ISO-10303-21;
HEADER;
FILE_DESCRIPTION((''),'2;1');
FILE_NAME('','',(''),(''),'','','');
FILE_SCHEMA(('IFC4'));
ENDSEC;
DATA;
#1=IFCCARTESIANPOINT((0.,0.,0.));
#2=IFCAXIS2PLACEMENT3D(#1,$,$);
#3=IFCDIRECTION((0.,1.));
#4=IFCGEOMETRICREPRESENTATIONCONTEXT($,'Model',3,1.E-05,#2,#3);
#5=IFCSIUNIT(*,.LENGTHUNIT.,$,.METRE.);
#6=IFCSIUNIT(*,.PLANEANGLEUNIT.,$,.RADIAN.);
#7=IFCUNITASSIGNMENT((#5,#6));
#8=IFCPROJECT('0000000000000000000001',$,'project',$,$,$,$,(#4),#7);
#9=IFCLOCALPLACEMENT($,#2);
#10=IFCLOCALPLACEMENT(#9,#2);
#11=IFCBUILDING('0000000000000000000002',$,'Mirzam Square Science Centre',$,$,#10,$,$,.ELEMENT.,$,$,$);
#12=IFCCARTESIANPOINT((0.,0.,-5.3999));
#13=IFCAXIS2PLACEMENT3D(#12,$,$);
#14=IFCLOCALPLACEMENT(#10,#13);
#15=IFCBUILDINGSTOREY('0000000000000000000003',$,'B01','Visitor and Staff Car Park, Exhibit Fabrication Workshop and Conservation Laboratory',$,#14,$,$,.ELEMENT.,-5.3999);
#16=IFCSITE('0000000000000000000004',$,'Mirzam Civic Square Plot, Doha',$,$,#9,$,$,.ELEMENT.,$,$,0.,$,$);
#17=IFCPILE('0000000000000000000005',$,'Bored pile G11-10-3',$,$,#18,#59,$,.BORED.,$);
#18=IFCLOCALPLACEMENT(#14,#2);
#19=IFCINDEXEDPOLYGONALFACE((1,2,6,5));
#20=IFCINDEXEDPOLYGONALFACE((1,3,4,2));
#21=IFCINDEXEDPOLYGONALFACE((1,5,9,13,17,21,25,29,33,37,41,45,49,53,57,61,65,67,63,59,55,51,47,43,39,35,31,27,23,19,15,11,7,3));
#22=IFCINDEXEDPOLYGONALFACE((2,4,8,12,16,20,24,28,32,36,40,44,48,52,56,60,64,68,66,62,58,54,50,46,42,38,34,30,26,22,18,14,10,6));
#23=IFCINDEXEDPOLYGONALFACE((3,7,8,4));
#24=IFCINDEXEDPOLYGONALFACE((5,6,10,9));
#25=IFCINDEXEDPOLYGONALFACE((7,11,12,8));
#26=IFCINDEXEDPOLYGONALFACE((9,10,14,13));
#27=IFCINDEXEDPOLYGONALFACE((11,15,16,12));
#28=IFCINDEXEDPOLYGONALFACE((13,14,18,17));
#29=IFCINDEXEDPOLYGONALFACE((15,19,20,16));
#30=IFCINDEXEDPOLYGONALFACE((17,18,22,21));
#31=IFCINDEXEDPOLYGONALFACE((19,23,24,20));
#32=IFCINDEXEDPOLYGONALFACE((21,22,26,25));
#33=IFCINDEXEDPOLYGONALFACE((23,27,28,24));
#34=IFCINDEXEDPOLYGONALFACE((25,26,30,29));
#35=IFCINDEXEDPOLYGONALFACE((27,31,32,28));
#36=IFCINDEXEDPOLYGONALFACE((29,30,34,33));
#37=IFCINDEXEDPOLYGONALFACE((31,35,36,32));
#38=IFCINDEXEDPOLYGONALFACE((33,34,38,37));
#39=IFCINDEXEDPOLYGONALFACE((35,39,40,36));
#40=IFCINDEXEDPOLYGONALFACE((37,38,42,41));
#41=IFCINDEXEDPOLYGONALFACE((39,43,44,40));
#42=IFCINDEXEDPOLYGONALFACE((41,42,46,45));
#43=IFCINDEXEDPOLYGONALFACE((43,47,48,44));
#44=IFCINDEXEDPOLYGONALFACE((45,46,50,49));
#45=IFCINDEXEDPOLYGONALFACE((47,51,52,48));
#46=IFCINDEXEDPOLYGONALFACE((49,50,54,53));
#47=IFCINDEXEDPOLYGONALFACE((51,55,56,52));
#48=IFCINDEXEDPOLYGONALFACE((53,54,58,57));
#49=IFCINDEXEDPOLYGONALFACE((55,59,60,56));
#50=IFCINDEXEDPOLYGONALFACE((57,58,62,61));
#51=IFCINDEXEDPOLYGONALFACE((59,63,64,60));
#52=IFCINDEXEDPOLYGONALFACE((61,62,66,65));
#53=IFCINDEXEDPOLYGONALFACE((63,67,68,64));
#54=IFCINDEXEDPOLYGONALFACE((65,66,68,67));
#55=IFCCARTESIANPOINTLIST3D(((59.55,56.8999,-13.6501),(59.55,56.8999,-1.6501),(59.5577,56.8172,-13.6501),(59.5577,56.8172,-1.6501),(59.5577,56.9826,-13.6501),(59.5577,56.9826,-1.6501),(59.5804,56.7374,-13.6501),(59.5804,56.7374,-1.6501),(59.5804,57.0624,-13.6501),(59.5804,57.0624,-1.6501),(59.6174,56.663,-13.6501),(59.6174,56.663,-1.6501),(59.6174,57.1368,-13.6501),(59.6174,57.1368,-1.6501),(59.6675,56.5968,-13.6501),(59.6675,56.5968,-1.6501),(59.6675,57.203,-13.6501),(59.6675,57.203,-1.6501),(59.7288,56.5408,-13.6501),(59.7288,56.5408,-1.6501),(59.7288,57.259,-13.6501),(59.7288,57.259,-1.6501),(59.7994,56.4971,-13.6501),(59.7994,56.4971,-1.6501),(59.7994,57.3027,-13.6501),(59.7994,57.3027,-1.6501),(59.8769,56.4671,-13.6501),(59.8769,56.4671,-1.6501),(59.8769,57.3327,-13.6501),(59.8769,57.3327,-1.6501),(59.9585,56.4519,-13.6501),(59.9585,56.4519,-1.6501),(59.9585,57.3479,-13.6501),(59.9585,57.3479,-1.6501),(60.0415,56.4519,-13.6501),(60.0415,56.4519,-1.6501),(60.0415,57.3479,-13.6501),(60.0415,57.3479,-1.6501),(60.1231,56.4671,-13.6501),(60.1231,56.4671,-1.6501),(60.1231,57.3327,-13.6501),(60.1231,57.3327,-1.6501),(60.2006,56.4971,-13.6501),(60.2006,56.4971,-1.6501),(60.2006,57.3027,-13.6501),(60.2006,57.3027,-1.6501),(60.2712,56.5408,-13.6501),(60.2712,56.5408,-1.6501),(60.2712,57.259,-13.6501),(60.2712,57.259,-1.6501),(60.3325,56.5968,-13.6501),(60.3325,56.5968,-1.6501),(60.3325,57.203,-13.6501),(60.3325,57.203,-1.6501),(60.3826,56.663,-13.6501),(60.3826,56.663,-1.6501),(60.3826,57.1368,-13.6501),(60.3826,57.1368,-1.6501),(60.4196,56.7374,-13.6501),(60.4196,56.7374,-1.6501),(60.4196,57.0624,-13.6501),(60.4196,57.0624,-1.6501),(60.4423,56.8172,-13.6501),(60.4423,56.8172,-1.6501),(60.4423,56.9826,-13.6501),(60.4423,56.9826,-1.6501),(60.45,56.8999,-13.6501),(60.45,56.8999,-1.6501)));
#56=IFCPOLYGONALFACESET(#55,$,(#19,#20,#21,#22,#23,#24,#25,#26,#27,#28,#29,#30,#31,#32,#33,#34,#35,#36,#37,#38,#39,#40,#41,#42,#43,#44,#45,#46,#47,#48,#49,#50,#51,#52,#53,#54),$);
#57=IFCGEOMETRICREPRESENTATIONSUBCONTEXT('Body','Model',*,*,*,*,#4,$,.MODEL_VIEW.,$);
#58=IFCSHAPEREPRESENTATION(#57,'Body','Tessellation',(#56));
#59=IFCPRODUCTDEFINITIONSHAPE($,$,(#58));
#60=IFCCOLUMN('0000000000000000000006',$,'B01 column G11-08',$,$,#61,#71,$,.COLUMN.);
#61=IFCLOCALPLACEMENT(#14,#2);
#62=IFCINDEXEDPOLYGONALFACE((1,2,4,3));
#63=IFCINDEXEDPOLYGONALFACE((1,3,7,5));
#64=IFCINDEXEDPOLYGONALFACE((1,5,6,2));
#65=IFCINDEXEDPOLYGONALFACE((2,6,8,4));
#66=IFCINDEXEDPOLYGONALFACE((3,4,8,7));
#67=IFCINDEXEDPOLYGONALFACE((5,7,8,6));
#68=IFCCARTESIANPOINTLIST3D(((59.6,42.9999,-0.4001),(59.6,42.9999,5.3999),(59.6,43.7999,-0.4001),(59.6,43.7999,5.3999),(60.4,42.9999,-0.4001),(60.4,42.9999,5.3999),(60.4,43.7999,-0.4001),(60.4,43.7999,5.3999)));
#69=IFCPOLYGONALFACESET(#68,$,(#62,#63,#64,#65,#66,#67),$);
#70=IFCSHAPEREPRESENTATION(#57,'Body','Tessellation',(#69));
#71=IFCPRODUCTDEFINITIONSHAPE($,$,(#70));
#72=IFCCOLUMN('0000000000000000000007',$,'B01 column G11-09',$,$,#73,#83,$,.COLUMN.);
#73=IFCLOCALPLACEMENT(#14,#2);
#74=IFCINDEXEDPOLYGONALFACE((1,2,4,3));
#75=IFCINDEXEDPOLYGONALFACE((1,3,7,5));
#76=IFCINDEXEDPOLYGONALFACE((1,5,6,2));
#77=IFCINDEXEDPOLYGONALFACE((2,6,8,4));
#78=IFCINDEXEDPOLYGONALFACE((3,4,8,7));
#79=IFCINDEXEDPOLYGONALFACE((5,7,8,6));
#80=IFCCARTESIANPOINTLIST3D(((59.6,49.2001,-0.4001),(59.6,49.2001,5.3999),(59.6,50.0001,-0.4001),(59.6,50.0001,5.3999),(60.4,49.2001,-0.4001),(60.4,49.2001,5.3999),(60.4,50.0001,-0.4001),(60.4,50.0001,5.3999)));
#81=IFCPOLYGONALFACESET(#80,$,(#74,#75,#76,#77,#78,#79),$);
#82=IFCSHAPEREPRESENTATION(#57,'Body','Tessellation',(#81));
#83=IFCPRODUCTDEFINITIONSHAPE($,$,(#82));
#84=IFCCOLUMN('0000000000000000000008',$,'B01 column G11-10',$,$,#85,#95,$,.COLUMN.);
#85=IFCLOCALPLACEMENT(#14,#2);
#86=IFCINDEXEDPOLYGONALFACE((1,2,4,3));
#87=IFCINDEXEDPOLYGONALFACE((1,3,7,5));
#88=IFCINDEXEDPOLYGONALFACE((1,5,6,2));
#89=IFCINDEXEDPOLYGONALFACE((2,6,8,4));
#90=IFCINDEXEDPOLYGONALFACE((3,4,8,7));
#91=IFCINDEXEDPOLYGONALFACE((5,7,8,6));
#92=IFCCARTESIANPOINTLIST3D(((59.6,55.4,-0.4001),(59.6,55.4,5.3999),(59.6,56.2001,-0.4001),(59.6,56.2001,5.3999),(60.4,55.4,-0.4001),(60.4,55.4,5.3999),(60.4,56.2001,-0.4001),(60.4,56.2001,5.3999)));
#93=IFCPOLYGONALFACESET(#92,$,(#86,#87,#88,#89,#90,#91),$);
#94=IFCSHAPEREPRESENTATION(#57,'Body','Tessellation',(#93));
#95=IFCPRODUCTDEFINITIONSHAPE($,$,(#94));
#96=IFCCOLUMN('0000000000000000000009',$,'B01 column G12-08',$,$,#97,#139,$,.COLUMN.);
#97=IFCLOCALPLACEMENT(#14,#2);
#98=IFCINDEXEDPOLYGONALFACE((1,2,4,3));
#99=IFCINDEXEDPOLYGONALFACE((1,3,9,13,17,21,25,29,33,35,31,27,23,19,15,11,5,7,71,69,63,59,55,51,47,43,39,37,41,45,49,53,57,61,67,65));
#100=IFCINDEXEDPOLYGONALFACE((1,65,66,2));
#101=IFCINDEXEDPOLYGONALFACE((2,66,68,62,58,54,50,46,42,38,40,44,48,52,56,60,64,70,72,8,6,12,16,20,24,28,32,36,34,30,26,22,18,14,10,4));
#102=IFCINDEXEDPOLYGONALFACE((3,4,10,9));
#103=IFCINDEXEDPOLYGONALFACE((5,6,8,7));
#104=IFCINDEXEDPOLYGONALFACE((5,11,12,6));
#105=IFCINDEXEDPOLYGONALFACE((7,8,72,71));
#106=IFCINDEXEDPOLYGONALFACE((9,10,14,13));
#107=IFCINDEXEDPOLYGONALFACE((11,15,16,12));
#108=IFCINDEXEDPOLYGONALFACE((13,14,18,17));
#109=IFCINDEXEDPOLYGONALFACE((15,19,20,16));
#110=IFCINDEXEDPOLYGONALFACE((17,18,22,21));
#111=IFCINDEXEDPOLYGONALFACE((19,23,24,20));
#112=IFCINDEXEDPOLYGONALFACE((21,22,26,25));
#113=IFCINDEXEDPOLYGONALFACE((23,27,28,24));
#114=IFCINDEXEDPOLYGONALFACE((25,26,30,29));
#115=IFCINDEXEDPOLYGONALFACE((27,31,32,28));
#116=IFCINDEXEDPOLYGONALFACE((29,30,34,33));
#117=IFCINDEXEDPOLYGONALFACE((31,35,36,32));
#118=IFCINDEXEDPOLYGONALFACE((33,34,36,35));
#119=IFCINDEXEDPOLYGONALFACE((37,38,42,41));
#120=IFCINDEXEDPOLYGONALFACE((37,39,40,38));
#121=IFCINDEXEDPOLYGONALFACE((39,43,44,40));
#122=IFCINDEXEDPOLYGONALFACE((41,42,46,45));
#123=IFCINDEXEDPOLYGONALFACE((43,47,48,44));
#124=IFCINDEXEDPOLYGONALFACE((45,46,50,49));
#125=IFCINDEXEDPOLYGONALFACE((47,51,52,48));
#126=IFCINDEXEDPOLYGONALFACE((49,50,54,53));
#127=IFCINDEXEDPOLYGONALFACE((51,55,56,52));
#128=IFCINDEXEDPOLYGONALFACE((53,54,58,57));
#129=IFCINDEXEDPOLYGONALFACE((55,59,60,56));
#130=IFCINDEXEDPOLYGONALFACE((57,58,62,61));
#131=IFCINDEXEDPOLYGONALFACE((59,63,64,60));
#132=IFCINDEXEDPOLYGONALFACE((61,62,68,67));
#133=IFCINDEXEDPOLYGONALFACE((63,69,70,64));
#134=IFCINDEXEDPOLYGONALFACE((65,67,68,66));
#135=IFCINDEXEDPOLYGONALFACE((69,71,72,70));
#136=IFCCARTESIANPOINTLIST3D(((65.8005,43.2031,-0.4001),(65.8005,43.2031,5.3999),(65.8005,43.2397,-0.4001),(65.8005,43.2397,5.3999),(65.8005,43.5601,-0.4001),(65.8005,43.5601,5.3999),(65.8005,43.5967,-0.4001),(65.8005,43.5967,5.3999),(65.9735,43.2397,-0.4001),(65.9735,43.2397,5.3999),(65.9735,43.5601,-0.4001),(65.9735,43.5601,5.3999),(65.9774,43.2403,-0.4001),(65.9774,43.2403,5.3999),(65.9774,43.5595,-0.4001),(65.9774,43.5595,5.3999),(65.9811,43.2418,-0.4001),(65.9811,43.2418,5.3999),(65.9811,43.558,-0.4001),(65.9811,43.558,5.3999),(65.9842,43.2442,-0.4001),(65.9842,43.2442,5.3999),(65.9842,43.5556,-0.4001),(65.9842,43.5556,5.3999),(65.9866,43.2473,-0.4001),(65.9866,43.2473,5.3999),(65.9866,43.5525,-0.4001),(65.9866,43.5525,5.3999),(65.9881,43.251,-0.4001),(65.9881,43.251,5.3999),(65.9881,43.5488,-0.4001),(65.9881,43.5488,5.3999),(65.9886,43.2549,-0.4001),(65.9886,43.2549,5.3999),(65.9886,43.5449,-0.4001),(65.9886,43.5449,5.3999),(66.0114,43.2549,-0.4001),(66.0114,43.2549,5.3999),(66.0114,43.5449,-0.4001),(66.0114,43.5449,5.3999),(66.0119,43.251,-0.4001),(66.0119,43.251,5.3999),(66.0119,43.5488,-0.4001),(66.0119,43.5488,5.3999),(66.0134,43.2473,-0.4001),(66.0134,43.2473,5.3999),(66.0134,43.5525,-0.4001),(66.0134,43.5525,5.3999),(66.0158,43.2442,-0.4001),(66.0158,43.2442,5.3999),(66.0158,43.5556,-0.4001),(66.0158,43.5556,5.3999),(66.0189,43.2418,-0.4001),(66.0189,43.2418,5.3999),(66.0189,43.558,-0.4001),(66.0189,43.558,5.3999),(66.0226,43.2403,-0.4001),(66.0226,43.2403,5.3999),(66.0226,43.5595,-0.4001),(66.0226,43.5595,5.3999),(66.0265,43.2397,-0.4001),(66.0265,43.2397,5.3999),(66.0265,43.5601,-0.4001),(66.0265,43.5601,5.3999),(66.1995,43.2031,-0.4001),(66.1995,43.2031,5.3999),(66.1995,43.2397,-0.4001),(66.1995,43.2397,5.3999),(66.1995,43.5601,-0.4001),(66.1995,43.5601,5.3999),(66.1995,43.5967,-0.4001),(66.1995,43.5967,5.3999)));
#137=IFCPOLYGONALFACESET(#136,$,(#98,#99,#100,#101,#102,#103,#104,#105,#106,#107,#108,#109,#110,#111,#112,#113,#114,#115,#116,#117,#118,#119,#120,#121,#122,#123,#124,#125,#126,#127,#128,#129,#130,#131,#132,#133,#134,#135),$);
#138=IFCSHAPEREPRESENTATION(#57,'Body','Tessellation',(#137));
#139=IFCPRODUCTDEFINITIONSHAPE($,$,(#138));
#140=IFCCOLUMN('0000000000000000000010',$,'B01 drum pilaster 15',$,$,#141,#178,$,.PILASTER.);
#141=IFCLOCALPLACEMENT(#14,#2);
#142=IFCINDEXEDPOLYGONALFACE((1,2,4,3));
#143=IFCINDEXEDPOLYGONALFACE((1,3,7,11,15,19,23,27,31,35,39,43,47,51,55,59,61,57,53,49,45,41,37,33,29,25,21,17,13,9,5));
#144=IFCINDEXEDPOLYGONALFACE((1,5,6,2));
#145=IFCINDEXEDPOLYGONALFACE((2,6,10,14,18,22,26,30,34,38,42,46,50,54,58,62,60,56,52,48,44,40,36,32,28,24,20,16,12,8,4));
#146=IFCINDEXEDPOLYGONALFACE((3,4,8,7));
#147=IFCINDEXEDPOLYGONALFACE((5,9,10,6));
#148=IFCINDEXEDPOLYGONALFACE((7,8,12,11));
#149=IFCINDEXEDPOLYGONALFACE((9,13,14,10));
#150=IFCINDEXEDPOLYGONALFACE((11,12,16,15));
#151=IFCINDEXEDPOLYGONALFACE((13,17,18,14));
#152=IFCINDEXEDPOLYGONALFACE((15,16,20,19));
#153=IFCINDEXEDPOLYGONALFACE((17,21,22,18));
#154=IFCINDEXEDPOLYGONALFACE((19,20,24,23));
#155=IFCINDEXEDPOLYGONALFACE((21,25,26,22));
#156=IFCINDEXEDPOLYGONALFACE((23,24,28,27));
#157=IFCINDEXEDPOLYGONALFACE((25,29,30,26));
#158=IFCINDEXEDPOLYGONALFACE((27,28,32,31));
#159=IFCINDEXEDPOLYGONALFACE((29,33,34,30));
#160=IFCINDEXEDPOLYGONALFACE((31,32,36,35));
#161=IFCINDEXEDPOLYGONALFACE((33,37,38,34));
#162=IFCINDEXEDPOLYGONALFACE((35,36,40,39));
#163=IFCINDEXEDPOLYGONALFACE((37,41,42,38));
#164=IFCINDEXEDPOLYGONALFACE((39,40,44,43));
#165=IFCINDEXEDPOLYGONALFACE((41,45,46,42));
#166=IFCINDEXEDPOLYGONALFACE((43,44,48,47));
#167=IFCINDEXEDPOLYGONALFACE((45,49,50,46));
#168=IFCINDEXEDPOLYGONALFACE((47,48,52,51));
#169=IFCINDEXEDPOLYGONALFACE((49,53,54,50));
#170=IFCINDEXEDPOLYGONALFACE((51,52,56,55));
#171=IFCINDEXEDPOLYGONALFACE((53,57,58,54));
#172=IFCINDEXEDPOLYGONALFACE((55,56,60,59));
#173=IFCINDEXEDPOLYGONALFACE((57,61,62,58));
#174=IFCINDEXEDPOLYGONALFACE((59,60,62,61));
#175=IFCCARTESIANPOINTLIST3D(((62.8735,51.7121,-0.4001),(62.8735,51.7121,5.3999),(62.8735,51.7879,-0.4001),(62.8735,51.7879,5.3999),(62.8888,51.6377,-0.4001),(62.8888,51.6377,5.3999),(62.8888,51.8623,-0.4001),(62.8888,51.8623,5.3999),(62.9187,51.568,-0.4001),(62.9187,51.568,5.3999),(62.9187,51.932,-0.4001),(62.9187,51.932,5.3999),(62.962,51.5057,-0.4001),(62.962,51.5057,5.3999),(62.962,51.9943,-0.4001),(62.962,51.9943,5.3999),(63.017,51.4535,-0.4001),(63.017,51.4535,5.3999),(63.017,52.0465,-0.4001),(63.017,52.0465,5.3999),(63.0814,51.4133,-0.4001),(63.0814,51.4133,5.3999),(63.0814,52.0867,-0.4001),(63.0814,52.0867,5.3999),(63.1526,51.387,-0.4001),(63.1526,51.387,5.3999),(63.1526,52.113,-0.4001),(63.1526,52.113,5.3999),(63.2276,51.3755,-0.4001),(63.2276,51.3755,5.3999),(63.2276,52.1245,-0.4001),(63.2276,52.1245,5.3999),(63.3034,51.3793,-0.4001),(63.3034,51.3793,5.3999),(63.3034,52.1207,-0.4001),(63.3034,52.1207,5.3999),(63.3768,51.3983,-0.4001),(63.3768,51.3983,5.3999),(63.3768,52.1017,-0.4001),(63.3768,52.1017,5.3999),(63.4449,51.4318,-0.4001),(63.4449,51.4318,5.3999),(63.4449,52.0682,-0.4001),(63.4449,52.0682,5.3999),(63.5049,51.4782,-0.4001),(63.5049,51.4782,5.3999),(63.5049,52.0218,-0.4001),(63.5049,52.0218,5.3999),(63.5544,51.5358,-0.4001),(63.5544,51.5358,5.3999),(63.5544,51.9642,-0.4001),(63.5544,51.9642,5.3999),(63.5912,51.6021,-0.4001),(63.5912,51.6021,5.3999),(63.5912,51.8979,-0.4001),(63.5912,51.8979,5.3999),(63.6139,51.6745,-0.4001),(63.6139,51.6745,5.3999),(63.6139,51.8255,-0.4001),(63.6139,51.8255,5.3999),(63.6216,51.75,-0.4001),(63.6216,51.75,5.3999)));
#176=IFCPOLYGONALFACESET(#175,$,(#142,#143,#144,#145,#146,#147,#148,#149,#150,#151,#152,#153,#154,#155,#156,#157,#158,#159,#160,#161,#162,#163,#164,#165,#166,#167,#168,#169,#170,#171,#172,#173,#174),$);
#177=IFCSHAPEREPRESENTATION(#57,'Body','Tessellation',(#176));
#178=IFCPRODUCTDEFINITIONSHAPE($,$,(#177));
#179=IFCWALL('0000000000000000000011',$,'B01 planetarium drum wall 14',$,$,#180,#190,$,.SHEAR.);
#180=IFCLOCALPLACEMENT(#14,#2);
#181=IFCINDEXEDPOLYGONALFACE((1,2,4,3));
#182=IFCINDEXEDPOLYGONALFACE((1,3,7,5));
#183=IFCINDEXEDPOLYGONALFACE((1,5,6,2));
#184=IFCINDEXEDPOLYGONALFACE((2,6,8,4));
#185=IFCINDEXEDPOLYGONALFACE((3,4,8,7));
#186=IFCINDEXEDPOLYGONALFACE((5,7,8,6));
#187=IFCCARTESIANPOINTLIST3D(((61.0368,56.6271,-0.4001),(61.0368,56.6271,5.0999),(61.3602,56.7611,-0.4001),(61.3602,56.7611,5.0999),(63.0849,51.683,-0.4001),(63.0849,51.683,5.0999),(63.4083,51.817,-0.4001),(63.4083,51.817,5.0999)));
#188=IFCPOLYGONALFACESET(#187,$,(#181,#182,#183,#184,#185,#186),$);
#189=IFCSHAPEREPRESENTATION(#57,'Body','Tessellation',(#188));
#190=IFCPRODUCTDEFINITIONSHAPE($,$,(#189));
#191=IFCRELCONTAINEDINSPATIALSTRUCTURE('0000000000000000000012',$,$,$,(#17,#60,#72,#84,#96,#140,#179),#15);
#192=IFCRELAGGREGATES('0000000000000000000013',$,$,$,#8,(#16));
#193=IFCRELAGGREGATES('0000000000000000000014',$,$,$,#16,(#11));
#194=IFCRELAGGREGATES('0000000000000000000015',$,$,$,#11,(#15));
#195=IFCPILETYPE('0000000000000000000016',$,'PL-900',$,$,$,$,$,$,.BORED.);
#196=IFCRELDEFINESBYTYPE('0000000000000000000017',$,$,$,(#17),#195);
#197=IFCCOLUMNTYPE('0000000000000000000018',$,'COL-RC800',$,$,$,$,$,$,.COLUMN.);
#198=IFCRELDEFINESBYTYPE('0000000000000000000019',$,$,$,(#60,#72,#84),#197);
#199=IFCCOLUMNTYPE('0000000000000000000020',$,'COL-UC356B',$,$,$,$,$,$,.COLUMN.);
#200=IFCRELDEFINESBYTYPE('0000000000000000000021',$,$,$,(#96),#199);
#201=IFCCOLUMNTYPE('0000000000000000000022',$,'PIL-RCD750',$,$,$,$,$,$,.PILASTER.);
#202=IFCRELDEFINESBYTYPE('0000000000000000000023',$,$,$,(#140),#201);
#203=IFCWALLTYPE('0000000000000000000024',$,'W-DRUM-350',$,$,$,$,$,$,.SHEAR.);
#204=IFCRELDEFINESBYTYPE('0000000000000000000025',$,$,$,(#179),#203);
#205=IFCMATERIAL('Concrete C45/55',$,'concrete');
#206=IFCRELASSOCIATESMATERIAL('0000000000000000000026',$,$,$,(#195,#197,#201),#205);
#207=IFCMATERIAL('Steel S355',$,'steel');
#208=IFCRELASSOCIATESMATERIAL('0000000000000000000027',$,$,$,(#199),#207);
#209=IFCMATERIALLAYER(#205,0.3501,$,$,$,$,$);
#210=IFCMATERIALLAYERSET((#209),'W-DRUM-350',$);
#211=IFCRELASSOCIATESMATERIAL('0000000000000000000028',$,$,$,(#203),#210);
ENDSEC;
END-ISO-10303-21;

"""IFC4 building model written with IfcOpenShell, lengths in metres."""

from ifc_helpers import new_model, si_unit, direction, frame, frame_2d, origin, origin_2d, place, context, subcontext, project, spatial, rectangle, circle, i_section, extrude, material, layer, layer_set, material_profile, profile_set, type_object, element, save


model = new_model("IFC4")

# Units and contexts
model_context = context("Model", 3, precision=1e-05, world=origin(), true_north=direction((0.0, 1.0)))
body_context = subcontext(model_context, "Body", "Model", "MODEL_VIEW")
ifc_project = project(units=[si_unit("LENGTHUNIT", "METRE"), si_unit("PLANEANGLEUNIT", "RADIAN")], contexts=[model_context])

# Site, building, storey
site_placement = place(None, origin())
site = spatial("IfcSite", under=ifc_project, at=site_placement, Name="Mirzam Civic Square Plot, Doha", CompositionType="ELEMENT", RefElevation=0.0)
building_placement = place(site_placement, origin())
building = spatial("IfcBuilding", under=site, at=building_placement, Name="Mirzam Square Science Centre", CompositionType="ELEMENT")
storey_placement = place(building_placement, frame((0.0, 0.0, -5.3999)))
storey = spatial("IfcBuildingStorey", under=building, at=storey_placement, Name="B01", Description="Visitor and Staff Car Park, Exhibit Fabrication Workshop and Conservation Laboratory", CompositionType="ELEMENT", Elevation=-5.3999)

# Shared definitions
ifc_material_1 = material(Name="Concrete C45/55", Category="concrete")

# Pile
ifc_material_profile_1 = material_profile(ifc_material_1, circle(Radius=0.45, at=origin_2d()), Name="PILE-D900")
ifc_profile_set_1 = profile_set([ifc_material_profile_1], Name="Concrete C45/55")
pile_type_1 = type_object("IfcPileType", Name="PL-900", PredefinedType="BORED", material=ifc_profile_set_1)
for number, where, z_axis, x_axis, name in (
    (1, (60.0, 56.8999, -1.6501), (0.0, 0.0, -1.0), (1.0, 0.0, 0.0), "Bored pile G11-10-3"),
):
    element("IfcPile", number, at=place(storey_placement, frame(where, z_axis=z_axis, x_axis=x_axis)), inside=storey, type_object=pile_type_1, Name=name, PredefinedType="BORED", context=body_context, shape_type="SweptSolid", body=[
        extrude(circle(Radius=0.45, at=origin_2d()), origin(), (0.0, 0.0, 1.0), 12.0),
    ])

# Columns
ifc_material_profile_2 = material_profile(ifc_material_1, rectangle(XDim=0.8, YDim=0.8, at=origin_2d()), Name="RC800x800")
ifc_profile_set_2 = profile_set([ifc_material_profile_2], Name="Concrete C45/55")
column_type_1 = type_object("IfcColumnType", Name="COL-RC800", PredefinedType="COLUMN", material=ifc_profile_set_2)
for number, where, z_axis, x_axis, name in (
    (2, (60.0, 43.3999, -0.4001), (0.0, 0.0, 1.0), (1.0, 0.0, 0.0), "B01 column G11-08"),
    (3, (60.0, 49.6001, -0.4001), (0.0, 0.0, 1.0), (1.0, 0.0, 0.0), "B01 column G11-09"),
    (4, (60.0, 55.8, -0.4001), (0.0, 0.0, 1.0), (1.0, 0.0, 0.0), "B01 column G11-10"),
):
    element("IfcColumn", number, at=place(storey_placement, frame(where, z_axis=z_axis, x_axis=x_axis)), inside=storey, type_object=column_type_1, Name=name, PredefinedType="COLUMN", context=body_context, shape_type="SweptSolid", body=[
        extrude(rectangle(XDim=0.8, YDim=0.8, at=origin_2d()), origin(), (0.0, 0.0, 1.0), 5.8),
    ])
ifc_material_2 = material(Name="Steel S355", Category="steel")
ifc_material_profile_3 = material_profile(ifc_material_2, i_section(OverallWidth=0.3989, OverallDepth=0.3936, WebThickness=0.0227, FlangeThickness=0.0366, FilletRadius=0.0151, at=origin_2d()), Name="356x406x287UC")
ifc_profile_set_3 = profile_set([ifc_material_profile_3], Name="Steel S355")
column_type_2 = type_object("IfcColumnType", Name="COL-UC356B", PredefinedType="COLUMN", material=ifc_profile_set_3)
column_1_placement = place(storey_placement, frame((66.0, 43.3999, -0.4001), z_axis=(0.0, 0.0, 1.0), x_axis=(1.0, 0.0, 0.0)))
element("IfcColumn", 5, at=column_1_placement, inside=storey, type_object=column_type_2, Name="B01 column G12-08", PredefinedType="COLUMN", context=body_context, shape_type="SweptSolid", body=[
    extrude(i_section(OverallWidth=0.3989, OverallDepth=0.3936, WebThickness=0.0227, FlangeThickness=0.0366, FilletRadius=0.0151, at=origin_2d()), origin(), (0.0, 0.0, 1.0), 5.8),
])
ifc_material_profile_4 = material_profile(ifc_material_1, circle(Radius=0.375, at=origin_2d()), Name="RCD750")
ifc_profile_set_4 = profile_set([ifc_material_profile_4], Name="Concrete C45/55")
column_type_3 = type_object("IfcColumnType", Name="PIL-RCD750", PredefinedType="PILASTER", material=ifc_profile_set_4)
column_2_placement = place(storey_placement, frame((63.2466, 51.75, -0.4001), z_axis=(0.0, 0.0, 1.0), x_axis=(1.0, 0.0, 0.0)))
element("IfcColumn", 6, at=column_2_placement, inside=storey, type_object=column_type_3, Name="B01 drum pilaster 15", PredefinedType="PILASTER", context=body_context, shape_type="SweptSolid", body=[
    extrude(circle(Radius=0.375, at=origin_2d()), origin(), (0.0, 0.0, 1.0), 5.8),
])

# Wall
ifc_layer_1 = layer(ifc_material_1, 0.3501)
ifc_layer_set_1 = layer_set([ifc_layer_1], Name="W-DRUM-350")
wall_type_1 = type_object("IfcWallType", Name="W-DRUM-350", PredefinedType="SHEAR", material=ifc_layer_set_1)
for number, where, z_axis, x_axis, name in (
    (7, (61.1985, 56.6941, -0.4001), (0.0, 0.0, 1.0), (0.382713, -0.923867, 0.0), "B01 planetarium drum wall 14"),
):
    element("IfcWall", number, at=place(storey_placement, frame(where, z_axis=z_axis, x_axis=x_axis)), inside=storey, type_object=wall_type_1, Name=name, PredefinedType="SHEAR", context=body_context, shape_type="SweptSolid", body=[
        extrude(rectangle(XDim=5.3516, YDim=0.3501, at=frame_2d((2.6758, 0.0))), origin(), (0.0, 0.0, 1.0), 5.5),
    ])

save(model, "model.ifc")
